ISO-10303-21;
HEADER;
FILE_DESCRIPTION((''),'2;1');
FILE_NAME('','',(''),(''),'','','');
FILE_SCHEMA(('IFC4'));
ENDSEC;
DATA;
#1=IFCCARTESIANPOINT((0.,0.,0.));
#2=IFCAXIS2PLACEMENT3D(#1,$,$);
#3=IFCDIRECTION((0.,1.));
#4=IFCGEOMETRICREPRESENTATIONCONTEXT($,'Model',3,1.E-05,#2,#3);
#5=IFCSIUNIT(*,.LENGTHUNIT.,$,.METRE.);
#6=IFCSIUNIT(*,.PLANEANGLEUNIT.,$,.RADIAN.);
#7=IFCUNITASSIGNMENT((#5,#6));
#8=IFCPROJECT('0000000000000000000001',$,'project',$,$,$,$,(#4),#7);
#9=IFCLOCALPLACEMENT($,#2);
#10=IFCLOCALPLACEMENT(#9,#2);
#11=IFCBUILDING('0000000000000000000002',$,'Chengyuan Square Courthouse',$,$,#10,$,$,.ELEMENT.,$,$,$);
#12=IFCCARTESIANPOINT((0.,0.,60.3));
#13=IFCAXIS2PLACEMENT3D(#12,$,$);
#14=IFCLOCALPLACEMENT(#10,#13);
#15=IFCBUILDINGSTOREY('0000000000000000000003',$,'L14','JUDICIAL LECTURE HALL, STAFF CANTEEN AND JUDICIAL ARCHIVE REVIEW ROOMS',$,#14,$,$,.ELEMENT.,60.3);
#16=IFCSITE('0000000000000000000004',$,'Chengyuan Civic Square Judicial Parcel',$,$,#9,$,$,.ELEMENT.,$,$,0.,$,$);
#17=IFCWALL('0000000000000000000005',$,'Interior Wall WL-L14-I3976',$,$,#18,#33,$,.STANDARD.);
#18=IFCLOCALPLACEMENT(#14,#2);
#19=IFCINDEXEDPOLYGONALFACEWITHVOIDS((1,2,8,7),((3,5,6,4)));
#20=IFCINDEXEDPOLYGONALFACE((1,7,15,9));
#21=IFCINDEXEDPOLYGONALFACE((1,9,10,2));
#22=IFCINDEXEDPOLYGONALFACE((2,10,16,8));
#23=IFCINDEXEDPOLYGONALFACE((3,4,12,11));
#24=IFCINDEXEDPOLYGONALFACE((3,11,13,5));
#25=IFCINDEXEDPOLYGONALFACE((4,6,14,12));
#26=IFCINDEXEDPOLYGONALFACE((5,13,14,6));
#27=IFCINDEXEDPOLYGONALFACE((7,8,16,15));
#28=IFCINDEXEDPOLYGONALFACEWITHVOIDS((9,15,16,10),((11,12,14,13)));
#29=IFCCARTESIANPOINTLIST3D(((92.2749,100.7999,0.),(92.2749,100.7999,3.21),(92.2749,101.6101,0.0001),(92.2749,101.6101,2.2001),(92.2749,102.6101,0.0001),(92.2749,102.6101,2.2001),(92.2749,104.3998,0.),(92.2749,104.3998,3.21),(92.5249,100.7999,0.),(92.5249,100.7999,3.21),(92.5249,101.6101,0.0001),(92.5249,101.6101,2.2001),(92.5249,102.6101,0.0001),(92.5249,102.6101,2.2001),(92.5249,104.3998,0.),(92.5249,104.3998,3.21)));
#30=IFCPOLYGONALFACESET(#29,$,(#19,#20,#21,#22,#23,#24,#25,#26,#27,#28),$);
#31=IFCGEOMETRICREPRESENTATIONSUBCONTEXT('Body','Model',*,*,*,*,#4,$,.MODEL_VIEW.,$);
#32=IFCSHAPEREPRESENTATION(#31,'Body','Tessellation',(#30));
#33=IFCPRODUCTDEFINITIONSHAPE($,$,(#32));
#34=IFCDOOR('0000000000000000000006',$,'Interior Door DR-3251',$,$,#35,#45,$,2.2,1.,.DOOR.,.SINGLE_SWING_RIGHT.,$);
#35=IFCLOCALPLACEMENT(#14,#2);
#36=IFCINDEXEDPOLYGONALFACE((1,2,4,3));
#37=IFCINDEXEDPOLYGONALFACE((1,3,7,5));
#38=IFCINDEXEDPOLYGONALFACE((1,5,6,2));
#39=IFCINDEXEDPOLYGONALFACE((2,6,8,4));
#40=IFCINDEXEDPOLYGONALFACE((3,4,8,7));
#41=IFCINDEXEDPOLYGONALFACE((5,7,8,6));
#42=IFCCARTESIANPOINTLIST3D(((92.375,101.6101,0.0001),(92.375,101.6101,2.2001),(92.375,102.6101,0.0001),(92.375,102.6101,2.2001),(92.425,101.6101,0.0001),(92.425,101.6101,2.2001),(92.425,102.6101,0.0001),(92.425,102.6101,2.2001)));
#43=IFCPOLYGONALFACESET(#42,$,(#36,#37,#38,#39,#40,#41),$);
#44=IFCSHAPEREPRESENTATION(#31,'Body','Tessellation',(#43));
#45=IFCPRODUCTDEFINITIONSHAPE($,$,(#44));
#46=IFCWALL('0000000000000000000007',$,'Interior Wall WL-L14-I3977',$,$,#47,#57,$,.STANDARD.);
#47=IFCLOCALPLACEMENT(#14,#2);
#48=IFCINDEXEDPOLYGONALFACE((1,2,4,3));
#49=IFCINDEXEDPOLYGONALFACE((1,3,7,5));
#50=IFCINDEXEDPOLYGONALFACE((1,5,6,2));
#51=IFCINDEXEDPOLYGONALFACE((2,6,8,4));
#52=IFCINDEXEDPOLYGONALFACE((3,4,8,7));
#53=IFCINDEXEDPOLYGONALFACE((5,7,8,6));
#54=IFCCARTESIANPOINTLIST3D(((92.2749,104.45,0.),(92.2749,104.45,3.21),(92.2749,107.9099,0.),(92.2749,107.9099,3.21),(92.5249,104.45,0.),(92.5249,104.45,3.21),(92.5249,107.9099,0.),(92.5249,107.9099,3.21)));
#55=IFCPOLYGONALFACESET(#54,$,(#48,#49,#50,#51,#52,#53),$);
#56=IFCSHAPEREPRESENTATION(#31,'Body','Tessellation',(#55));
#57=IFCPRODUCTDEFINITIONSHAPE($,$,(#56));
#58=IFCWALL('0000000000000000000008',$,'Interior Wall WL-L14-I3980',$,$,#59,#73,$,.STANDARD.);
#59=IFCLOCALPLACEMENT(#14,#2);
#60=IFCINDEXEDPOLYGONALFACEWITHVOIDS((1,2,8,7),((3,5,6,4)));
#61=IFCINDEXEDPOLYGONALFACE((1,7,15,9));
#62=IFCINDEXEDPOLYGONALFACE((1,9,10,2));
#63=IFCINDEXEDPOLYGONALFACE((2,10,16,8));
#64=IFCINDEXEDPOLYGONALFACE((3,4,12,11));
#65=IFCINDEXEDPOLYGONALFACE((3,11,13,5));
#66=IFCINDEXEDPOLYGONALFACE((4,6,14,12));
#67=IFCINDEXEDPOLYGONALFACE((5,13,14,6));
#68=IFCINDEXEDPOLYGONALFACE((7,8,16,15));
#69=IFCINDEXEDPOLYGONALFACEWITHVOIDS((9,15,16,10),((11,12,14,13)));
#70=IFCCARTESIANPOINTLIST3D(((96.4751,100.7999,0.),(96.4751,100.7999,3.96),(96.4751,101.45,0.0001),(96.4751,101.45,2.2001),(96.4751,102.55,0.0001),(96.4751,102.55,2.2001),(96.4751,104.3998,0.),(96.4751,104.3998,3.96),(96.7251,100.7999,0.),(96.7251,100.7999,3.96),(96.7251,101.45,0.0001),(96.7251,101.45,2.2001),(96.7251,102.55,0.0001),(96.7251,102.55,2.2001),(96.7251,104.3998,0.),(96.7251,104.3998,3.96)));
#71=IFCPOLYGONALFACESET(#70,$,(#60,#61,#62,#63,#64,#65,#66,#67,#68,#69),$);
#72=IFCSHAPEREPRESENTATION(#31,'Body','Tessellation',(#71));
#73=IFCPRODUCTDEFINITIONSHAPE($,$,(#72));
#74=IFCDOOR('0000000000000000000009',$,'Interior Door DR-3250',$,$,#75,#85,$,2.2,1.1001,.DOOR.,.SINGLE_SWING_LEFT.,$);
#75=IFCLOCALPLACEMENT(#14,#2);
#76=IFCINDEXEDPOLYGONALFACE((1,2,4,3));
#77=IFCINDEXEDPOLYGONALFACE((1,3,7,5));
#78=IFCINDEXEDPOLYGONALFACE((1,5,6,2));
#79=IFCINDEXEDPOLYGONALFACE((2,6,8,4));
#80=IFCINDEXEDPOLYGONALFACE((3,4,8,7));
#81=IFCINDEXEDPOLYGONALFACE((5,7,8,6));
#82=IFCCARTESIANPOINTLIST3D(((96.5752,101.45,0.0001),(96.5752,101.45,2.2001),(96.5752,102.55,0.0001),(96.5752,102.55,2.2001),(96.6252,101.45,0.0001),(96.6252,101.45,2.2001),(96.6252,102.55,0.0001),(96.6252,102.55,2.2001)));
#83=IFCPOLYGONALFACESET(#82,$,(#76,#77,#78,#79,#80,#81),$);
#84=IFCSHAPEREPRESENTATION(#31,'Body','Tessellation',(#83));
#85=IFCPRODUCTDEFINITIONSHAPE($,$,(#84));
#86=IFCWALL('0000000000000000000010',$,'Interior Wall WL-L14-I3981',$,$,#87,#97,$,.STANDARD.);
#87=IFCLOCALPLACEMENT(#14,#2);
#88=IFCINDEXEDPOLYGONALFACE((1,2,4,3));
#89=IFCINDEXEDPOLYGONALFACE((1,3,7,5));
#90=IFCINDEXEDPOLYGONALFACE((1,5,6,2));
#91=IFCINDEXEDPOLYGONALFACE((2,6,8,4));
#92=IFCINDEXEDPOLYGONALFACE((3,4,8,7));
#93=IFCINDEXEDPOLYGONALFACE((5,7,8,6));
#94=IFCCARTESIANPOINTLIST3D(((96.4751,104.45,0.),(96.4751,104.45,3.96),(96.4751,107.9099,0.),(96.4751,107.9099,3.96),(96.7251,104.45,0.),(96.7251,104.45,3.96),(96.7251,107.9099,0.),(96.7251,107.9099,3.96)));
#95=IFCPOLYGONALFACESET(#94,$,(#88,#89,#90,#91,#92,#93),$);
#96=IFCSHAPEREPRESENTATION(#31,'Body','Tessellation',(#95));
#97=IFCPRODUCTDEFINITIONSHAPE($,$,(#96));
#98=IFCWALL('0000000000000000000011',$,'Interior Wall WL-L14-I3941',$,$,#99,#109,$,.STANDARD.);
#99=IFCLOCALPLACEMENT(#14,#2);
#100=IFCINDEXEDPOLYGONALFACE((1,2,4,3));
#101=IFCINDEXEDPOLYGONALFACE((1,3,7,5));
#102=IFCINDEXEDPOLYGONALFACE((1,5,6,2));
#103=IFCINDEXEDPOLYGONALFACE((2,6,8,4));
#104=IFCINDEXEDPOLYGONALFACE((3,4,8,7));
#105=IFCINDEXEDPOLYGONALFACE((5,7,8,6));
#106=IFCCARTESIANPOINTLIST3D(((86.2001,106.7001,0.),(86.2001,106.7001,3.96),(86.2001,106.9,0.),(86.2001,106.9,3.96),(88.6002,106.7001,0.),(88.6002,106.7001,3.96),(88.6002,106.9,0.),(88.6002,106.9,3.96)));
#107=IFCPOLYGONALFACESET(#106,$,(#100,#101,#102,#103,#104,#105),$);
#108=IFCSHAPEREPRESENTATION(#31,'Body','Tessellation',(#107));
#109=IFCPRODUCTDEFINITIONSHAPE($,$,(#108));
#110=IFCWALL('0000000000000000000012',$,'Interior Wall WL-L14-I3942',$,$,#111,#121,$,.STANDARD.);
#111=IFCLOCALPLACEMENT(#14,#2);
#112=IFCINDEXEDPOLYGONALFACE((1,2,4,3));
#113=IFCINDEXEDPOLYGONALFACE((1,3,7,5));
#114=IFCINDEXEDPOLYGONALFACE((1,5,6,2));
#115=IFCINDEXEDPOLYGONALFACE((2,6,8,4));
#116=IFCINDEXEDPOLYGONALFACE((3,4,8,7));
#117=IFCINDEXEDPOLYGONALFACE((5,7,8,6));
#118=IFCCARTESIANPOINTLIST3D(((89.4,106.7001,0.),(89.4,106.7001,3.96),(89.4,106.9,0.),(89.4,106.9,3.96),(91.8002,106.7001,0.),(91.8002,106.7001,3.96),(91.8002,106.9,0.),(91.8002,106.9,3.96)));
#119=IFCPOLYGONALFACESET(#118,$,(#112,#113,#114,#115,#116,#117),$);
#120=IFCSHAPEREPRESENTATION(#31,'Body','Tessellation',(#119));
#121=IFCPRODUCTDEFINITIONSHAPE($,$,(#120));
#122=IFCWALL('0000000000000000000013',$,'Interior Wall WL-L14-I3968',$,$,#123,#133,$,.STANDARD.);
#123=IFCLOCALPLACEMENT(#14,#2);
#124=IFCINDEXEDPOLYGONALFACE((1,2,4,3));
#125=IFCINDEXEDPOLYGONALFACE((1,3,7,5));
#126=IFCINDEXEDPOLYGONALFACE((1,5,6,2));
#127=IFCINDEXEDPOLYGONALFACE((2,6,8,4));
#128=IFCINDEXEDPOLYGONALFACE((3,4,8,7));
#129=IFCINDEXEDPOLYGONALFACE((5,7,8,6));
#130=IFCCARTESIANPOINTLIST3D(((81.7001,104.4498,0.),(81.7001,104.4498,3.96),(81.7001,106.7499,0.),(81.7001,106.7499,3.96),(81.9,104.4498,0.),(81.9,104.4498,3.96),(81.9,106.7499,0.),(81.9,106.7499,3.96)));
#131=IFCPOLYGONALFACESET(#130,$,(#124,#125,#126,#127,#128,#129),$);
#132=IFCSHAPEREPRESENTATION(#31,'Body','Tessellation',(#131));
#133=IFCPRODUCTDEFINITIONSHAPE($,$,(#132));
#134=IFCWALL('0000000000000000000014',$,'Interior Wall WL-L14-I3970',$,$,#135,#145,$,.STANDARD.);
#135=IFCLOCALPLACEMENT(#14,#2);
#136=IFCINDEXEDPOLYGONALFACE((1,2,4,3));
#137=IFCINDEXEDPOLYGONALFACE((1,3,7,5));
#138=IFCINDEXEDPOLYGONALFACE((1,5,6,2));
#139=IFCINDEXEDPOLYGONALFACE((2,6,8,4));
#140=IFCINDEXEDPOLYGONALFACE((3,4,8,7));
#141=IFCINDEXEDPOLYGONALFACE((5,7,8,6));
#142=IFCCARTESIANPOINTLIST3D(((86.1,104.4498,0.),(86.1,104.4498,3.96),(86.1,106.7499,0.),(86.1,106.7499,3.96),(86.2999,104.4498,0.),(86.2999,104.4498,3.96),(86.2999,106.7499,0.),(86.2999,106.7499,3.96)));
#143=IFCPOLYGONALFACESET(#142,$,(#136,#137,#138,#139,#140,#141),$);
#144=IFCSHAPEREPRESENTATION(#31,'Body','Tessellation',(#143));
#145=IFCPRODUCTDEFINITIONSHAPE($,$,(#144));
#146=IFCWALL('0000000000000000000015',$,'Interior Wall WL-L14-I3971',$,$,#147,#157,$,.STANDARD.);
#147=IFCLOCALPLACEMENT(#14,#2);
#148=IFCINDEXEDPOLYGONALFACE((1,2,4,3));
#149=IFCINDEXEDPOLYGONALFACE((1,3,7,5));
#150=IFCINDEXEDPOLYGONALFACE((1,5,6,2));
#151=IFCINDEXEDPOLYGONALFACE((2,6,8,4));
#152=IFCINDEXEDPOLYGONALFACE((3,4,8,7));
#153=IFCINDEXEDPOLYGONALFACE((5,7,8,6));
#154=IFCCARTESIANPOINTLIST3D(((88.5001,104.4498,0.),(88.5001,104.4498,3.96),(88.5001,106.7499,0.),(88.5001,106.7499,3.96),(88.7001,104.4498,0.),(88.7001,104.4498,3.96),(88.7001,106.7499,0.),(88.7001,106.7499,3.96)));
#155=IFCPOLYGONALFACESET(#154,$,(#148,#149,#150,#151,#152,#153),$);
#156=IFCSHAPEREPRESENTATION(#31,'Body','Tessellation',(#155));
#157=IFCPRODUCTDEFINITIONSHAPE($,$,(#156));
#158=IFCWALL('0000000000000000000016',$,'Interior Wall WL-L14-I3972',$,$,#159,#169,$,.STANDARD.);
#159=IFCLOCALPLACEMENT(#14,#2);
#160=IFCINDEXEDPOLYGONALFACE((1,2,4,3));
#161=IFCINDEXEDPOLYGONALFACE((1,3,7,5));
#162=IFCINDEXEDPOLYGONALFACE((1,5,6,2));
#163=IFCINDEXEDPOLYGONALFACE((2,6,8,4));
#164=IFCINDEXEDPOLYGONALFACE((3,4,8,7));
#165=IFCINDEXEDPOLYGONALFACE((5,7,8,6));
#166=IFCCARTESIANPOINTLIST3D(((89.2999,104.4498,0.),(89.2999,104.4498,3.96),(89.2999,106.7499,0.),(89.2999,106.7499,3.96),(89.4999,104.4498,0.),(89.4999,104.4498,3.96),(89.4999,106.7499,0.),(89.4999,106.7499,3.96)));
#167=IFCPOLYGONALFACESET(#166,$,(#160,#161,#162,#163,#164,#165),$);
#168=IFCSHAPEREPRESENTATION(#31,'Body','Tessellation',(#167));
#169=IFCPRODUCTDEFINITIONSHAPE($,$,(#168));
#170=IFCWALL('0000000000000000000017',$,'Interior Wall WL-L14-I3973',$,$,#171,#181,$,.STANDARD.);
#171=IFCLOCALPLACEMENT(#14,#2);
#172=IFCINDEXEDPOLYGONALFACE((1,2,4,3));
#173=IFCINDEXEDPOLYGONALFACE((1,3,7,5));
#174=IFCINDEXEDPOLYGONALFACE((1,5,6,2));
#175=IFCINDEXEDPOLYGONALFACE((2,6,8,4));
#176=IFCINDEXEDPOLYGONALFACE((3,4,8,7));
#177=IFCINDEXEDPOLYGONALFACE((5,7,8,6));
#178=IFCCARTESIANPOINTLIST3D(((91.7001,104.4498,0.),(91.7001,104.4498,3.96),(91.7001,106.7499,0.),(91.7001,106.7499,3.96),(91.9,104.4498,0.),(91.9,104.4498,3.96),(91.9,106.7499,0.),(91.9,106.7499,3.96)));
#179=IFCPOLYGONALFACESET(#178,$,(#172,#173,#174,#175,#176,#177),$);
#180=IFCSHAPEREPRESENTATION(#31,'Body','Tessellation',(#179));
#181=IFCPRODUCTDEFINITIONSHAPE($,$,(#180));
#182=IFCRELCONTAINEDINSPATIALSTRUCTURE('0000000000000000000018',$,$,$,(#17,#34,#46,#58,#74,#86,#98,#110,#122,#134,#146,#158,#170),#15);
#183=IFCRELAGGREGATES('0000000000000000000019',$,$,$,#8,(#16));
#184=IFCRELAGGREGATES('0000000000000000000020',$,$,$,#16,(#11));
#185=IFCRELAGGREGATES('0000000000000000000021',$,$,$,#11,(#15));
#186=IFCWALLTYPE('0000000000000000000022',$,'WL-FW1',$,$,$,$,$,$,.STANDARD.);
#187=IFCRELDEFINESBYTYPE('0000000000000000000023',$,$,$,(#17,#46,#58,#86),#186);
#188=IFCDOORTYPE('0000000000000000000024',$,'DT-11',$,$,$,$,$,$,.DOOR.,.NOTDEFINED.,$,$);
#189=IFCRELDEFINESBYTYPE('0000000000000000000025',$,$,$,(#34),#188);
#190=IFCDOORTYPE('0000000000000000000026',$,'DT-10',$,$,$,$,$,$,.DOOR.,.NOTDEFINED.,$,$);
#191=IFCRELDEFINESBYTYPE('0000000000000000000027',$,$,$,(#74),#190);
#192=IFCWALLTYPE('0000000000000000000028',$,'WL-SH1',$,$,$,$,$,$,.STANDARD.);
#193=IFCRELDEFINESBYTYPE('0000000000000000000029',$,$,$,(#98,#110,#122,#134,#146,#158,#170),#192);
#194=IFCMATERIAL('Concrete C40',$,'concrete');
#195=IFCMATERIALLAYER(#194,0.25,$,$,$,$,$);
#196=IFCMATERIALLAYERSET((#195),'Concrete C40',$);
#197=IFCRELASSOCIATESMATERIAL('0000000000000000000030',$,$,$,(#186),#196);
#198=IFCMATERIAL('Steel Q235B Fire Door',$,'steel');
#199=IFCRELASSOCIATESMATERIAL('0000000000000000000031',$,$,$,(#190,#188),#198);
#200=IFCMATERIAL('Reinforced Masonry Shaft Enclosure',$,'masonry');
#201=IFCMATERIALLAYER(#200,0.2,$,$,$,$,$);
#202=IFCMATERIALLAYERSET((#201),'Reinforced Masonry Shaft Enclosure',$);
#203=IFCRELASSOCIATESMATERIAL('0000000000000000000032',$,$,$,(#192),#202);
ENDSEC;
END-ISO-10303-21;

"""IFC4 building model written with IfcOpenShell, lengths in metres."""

from ifc_helpers import new_model, si_unit, direction, frame, frame_2d, origin, place, context, subcontext, project, spatial, rectangle, extrude, material, layer, layer_set, type_object, element, fill, save


model = new_model("IFC4")

# Units and contexts
model_context = context("Model", 3, precision=1e-05, world=origin(), true_north=direction((0.0, 1.0)))
body_context = subcontext(model_context, "Body", "Model", "MODEL_VIEW")
ifc_project = project(units=[si_unit("LENGTHUNIT", "METRE"), si_unit("PLANEANGLEUNIT", "RADIAN")], contexts=[model_context])

# Site, building, storey
site_placement = place(None, origin())
site = spatial("IfcSite", under=ifc_project, at=site_placement, Name="Chengyuan Civic Square Judicial Parcel", CompositionType="ELEMENT", RefElevation=0.0)
building_placement = place(site_placement, origin())
building = spatial("IfcBuilding", under=site, at=building_placement, Name="Chengyuan Square Courthouse", CompositionType="ELEMENT")
storey_placement = place(building_placement, frame((0.0, 0.0, 60.3)))
storey = spatial("IfcBuildingStorey", under=building, at=storey_placement, Name="L14", Description="JUDICIAL LECTURE HALL, STAFF CANTEEN AND JUDICIAL ARCHIVE REVIEW ROOMS", CompositionType="ELEMENT", Elevation=60.3)

# Shared definitions
ifc_material_1 = material(Name="Concrete C40", Category="concrete")

# Shared definitions
ifc_layer_1 = layer(ifc_material_1, 0.25)
ifc_layer_set_1 = layer_set([ifc_layer_1], Name="Concrete C40")
wall_type_1 = type_object("IfcWallType", Name="WL-FW1", PredefinedType="STANDARD", material=ifc_layer_set_1)
ifc_material_2 = material(Name="Steel Q235B Fire Door", Category="steel")
door_type_1 = type_object("IfcDoorType", Name="DT-10", OperationType="NOTDEFINED", PredefinedType="DOOR", material=ifc_material_2)
door_type_2 = type_object("IfcDoorType", Name="DT-11", OperationType="NOTDEFINED", PredefinedType="DOOR", material=ifc_material_2)

# Wall, opening, door
wall_1_placement = place(storey_placement, frame((92.3999, 100.8, 0.0), z_axis=(0.0, 0.0, 1.0), x_axis=(0.0, 1.0, 0.0)))
wall_1 = element("IfcWall", 1, at=wall_1_placement, inside=storey, type_object=wall_type_1, Name="Interior Wall WL-L14-I3976", PredefinedType="STANDARD", context=body_context, shape_type="SweptSolid", body=[
    extrude(rectangle(XDim=3.5999, YDim=0.25, at=frame_2d((1.7998, 0.0))), origin(), (0.0, 0.0, 1.0), 3.21),
])
opening_1_placement = place(wall_1_placement, frame((0.8101, 0.0, 0.0)))
opening_1 = element("IfcOpeningElement", 2, at=opening_1_placement, cuts=wall_1, PredefinedType="OPENING", context=body_context, shape_type="SweptSolid", body=[
    extrude(rectangle(XDim=1.0, YDim=2.2, at=frame_2d((0.5, 1.1001))), frame((0.0, 0.137, 0.0), z_axis=(0.0, -1.0, 0.0), x_axis=(1.0, 0.0, 0.0)), (0.0, 0.0, 1.0), 0.2739),
])
door_1_placement = place(opening_1_placement, origin())
door_1 = element("IfcDoor", 3, at=door_1_placement, inside=storey, type_object=door_type_2, Name="Interior Door DR-3251", OperationType="SINGLE_SWING_RIGHT", OverallHeight=2.2, OverallWidth=1.0, PredefinedType="DOOR", context=body_context, shape_type="SweptSolid", body=[
    extrude(rectangle(XDim=1.0, YDim=2.2, at=frame_2d((0.5, 1.1001))), frame((0.0, 0.0249, 0.0), z_axis=(0.0, -1.0, 0.0), x_axis=(1.0, 0.0, 0.0)), (0.0, 0.0, 1.0), 0.05),
])
fill(opening_1, door_1)

# Wall
wall_2_placement = place(storey_placement, frame((92.3999, 104.45, 0.0), z_axis=(0.0, 0.0, 1.0), x_axis=(0.0, 1.0, 0.0)))
element("IfcWall", 4, at=wall_2_placement, inside=storey, type_object=wall_type_1, Name="Interior Wall WL-L14-I3977", PredefinedType="STANDARD", context=body_context, shape_type="SweptSolid", body=[
    extrude(rectangle(XDim=3.46, YDim=0.25, at=frame_2d((1.73, 0.0))), origin(), (0.0, 0.0, 1.0), 3.21),
])

# Wall, opening, door
wall_3_placement = place(storey_placement, frame((96.6001, 100.8, 0.0), z_axis=(0.0, 0.0, 1.0), x_axis=(0.0, 1.0, 0.0)))
wall_3 = element("IfcWall", 5, at=wall_3_placement, inside=storey, type_object=wall_type_1, Name="Interior Wall WL-L14-I3980", PredefinedType="STANDARD", context=body_context, shape_type="SweptSolid", body=[
    extrude(rectangle(XDim=3.5999, YDim=0.25, at=frame_2d((1.7998, 0.0))), origin(), (0.0, 0.0, 1.0), 3.96),
])
opening_2_placement = place(wall_3_placement, frame((0.6499, 0.0, 0.0)))
opening_2 = element("IfcOpeningElement", 6, at=opening_2_placement, cuts=wall_3, PredefinedType="OPENING", context=body_context, shape_type="SweptSolid", body=[
    extrude(rectangle(XDim=1.1001, YDim=2.2, at=frame_2d((0.55, 1.1001))), frame((0.0, 0.137, 0.0), z_axis=(0.0, -1.0, 0.0), x_axis=(1.0, 0.0, 0.0)), (0.0, 0.0, 1.0), 0.2739),
])
door_2_placement = place(opening_2_placement, origin())
door_2 = element("IfcDoor", 7, at=door_2_placement, inside=storey, type_object=door_type_1, Name="Interior Door DR-3250", OperationType="SINGLE_SWING_LEFT", OverallHeight=2.2, OverallWidth=1.1001, PredefinedType="DOOR", context=body_context, shape_type="SweptSolid", body=[
    extrude(rectangle(XDim=1.1001, YDim=2.2, at=frame_2d((0.55, 1.1001))), frame((0.0, 0.0249, 0.0), z_axis=(0.0, -1.0, 0.0), x_axis=(1.0, 0.0, 0.0)), (0.0, 0.0, 1.0), 0.05),
])
fill(opening_2, door_2)

# Wall
wall_4_placement = place(storey_placement, frame((96.6001, 104.45, 0.0), z_axis=(0.0, 0.0, 1.0), x_axis=(0.0, 1.0, 0.0)))
element("IfcWall", 8, at=wall_4_placement, inside=storey, type_object=wall_type_1, Name="Interior Wall WL-L14-I3981", PredefinedType="STANDARD", context=body_context, shape_type="SweptSolid", body=[
    extrude(rectangle(XDim=3.46, YDim=0.25, at=frame_2d((1.73, 0.0))), origin(), (0.0, 0.0, 1.0), 3.96),
])

# Shared definitions
ifc_material_3 = material(Name="Reinforced Masonry Shaft Enclosure", Category="masonry")
ifc_layer_2 = layer(ifc_material_3, 0.2)
ifc_layer_set_2 = layer_set([ifc_layer_2], Name="Reinforced Masonry Shaft Enclosure")
wall_type_2 = type_object("IfcWallType", Name="WL-SH1", PredefinedType="STANDARD", material=ifc_layer_set_2)

# Walls
for number, where, z_axis, x_axis, name in (
    (9, (86.2, 106.8, 0.0), (0.0, 0.0, 1.0), (1.0, 0.0, 0.0), "Interior Wall WL-L14-I3941"),
    (10, (89.3999, 106.8, 0.0), (0.0, 0.0, 1.0), (1.0, 0.0, 0.0), "Interior Wall WL-L14-I3942"),
):
    element("IfcWall", number, at=place(storey_placement, frame(where, z_axis=z_axis, x_axis=x_axis)), inside=storey, type_object=wall_type_2, Name=name, PredefinedType="STANDARD", context=body_context, shape_type="SweptSolid", body=[
        extrude(rectangle(XDim=2.4001, YDim=0.2, at=frame_2d((1.2002, 0.0))), origin(), (0.0, 0.0, 1.0), 3.96),
    ])
for number, where, z_axis, x_axis, name in (
    (11, (81.8, 104.45, 0.0), (0.0, 0.0, 1.0), (0.0, 1.0, 0.0), "Interior Wall WL-L14-I3968"),
    (12, (86.2, 104.45, 0.0), (0.0, 0.0, 1.0), (0.0, 1.0, 0.0), "Interior Wall WL-L14-I3970"),
    (13, (88.6001, 104.45, 0.0), (0.0, 0.0, 1.0), (0.0, 1.0, 0.0), "Interior Wall WL-L14-I3971"),
    (14, (89.3999, 104.45, 0.0), (0.0, 0.0, 1.0), (0.0, 1.0, 0.0), "Interior Wall WL-L14-I3972"),
    (15, (91.8, 104.45, 0.0), (0.0, 0.0, 1.0), (0.0, 1.0, 0.0), "Interior Wall WL-L14-I3973"),
):
    element("IfcWall", number, at=place(storey_placement, frame(where, z_axis=z_axis, x_axis=x_axis)), inside=storey, type_object=wall_type_2, Name=name, PredefinedType="STANDARD", context=body_context, shape_type="SweptSolid", body=[
        extrude(rectangle(XDim=2.3, YDim=0.2, at=frame_2d((1.1499, 0.0))), origin(), (0.0, 0.0, 1.0), 3.96),
    ])

save(model, "model.ifc")
